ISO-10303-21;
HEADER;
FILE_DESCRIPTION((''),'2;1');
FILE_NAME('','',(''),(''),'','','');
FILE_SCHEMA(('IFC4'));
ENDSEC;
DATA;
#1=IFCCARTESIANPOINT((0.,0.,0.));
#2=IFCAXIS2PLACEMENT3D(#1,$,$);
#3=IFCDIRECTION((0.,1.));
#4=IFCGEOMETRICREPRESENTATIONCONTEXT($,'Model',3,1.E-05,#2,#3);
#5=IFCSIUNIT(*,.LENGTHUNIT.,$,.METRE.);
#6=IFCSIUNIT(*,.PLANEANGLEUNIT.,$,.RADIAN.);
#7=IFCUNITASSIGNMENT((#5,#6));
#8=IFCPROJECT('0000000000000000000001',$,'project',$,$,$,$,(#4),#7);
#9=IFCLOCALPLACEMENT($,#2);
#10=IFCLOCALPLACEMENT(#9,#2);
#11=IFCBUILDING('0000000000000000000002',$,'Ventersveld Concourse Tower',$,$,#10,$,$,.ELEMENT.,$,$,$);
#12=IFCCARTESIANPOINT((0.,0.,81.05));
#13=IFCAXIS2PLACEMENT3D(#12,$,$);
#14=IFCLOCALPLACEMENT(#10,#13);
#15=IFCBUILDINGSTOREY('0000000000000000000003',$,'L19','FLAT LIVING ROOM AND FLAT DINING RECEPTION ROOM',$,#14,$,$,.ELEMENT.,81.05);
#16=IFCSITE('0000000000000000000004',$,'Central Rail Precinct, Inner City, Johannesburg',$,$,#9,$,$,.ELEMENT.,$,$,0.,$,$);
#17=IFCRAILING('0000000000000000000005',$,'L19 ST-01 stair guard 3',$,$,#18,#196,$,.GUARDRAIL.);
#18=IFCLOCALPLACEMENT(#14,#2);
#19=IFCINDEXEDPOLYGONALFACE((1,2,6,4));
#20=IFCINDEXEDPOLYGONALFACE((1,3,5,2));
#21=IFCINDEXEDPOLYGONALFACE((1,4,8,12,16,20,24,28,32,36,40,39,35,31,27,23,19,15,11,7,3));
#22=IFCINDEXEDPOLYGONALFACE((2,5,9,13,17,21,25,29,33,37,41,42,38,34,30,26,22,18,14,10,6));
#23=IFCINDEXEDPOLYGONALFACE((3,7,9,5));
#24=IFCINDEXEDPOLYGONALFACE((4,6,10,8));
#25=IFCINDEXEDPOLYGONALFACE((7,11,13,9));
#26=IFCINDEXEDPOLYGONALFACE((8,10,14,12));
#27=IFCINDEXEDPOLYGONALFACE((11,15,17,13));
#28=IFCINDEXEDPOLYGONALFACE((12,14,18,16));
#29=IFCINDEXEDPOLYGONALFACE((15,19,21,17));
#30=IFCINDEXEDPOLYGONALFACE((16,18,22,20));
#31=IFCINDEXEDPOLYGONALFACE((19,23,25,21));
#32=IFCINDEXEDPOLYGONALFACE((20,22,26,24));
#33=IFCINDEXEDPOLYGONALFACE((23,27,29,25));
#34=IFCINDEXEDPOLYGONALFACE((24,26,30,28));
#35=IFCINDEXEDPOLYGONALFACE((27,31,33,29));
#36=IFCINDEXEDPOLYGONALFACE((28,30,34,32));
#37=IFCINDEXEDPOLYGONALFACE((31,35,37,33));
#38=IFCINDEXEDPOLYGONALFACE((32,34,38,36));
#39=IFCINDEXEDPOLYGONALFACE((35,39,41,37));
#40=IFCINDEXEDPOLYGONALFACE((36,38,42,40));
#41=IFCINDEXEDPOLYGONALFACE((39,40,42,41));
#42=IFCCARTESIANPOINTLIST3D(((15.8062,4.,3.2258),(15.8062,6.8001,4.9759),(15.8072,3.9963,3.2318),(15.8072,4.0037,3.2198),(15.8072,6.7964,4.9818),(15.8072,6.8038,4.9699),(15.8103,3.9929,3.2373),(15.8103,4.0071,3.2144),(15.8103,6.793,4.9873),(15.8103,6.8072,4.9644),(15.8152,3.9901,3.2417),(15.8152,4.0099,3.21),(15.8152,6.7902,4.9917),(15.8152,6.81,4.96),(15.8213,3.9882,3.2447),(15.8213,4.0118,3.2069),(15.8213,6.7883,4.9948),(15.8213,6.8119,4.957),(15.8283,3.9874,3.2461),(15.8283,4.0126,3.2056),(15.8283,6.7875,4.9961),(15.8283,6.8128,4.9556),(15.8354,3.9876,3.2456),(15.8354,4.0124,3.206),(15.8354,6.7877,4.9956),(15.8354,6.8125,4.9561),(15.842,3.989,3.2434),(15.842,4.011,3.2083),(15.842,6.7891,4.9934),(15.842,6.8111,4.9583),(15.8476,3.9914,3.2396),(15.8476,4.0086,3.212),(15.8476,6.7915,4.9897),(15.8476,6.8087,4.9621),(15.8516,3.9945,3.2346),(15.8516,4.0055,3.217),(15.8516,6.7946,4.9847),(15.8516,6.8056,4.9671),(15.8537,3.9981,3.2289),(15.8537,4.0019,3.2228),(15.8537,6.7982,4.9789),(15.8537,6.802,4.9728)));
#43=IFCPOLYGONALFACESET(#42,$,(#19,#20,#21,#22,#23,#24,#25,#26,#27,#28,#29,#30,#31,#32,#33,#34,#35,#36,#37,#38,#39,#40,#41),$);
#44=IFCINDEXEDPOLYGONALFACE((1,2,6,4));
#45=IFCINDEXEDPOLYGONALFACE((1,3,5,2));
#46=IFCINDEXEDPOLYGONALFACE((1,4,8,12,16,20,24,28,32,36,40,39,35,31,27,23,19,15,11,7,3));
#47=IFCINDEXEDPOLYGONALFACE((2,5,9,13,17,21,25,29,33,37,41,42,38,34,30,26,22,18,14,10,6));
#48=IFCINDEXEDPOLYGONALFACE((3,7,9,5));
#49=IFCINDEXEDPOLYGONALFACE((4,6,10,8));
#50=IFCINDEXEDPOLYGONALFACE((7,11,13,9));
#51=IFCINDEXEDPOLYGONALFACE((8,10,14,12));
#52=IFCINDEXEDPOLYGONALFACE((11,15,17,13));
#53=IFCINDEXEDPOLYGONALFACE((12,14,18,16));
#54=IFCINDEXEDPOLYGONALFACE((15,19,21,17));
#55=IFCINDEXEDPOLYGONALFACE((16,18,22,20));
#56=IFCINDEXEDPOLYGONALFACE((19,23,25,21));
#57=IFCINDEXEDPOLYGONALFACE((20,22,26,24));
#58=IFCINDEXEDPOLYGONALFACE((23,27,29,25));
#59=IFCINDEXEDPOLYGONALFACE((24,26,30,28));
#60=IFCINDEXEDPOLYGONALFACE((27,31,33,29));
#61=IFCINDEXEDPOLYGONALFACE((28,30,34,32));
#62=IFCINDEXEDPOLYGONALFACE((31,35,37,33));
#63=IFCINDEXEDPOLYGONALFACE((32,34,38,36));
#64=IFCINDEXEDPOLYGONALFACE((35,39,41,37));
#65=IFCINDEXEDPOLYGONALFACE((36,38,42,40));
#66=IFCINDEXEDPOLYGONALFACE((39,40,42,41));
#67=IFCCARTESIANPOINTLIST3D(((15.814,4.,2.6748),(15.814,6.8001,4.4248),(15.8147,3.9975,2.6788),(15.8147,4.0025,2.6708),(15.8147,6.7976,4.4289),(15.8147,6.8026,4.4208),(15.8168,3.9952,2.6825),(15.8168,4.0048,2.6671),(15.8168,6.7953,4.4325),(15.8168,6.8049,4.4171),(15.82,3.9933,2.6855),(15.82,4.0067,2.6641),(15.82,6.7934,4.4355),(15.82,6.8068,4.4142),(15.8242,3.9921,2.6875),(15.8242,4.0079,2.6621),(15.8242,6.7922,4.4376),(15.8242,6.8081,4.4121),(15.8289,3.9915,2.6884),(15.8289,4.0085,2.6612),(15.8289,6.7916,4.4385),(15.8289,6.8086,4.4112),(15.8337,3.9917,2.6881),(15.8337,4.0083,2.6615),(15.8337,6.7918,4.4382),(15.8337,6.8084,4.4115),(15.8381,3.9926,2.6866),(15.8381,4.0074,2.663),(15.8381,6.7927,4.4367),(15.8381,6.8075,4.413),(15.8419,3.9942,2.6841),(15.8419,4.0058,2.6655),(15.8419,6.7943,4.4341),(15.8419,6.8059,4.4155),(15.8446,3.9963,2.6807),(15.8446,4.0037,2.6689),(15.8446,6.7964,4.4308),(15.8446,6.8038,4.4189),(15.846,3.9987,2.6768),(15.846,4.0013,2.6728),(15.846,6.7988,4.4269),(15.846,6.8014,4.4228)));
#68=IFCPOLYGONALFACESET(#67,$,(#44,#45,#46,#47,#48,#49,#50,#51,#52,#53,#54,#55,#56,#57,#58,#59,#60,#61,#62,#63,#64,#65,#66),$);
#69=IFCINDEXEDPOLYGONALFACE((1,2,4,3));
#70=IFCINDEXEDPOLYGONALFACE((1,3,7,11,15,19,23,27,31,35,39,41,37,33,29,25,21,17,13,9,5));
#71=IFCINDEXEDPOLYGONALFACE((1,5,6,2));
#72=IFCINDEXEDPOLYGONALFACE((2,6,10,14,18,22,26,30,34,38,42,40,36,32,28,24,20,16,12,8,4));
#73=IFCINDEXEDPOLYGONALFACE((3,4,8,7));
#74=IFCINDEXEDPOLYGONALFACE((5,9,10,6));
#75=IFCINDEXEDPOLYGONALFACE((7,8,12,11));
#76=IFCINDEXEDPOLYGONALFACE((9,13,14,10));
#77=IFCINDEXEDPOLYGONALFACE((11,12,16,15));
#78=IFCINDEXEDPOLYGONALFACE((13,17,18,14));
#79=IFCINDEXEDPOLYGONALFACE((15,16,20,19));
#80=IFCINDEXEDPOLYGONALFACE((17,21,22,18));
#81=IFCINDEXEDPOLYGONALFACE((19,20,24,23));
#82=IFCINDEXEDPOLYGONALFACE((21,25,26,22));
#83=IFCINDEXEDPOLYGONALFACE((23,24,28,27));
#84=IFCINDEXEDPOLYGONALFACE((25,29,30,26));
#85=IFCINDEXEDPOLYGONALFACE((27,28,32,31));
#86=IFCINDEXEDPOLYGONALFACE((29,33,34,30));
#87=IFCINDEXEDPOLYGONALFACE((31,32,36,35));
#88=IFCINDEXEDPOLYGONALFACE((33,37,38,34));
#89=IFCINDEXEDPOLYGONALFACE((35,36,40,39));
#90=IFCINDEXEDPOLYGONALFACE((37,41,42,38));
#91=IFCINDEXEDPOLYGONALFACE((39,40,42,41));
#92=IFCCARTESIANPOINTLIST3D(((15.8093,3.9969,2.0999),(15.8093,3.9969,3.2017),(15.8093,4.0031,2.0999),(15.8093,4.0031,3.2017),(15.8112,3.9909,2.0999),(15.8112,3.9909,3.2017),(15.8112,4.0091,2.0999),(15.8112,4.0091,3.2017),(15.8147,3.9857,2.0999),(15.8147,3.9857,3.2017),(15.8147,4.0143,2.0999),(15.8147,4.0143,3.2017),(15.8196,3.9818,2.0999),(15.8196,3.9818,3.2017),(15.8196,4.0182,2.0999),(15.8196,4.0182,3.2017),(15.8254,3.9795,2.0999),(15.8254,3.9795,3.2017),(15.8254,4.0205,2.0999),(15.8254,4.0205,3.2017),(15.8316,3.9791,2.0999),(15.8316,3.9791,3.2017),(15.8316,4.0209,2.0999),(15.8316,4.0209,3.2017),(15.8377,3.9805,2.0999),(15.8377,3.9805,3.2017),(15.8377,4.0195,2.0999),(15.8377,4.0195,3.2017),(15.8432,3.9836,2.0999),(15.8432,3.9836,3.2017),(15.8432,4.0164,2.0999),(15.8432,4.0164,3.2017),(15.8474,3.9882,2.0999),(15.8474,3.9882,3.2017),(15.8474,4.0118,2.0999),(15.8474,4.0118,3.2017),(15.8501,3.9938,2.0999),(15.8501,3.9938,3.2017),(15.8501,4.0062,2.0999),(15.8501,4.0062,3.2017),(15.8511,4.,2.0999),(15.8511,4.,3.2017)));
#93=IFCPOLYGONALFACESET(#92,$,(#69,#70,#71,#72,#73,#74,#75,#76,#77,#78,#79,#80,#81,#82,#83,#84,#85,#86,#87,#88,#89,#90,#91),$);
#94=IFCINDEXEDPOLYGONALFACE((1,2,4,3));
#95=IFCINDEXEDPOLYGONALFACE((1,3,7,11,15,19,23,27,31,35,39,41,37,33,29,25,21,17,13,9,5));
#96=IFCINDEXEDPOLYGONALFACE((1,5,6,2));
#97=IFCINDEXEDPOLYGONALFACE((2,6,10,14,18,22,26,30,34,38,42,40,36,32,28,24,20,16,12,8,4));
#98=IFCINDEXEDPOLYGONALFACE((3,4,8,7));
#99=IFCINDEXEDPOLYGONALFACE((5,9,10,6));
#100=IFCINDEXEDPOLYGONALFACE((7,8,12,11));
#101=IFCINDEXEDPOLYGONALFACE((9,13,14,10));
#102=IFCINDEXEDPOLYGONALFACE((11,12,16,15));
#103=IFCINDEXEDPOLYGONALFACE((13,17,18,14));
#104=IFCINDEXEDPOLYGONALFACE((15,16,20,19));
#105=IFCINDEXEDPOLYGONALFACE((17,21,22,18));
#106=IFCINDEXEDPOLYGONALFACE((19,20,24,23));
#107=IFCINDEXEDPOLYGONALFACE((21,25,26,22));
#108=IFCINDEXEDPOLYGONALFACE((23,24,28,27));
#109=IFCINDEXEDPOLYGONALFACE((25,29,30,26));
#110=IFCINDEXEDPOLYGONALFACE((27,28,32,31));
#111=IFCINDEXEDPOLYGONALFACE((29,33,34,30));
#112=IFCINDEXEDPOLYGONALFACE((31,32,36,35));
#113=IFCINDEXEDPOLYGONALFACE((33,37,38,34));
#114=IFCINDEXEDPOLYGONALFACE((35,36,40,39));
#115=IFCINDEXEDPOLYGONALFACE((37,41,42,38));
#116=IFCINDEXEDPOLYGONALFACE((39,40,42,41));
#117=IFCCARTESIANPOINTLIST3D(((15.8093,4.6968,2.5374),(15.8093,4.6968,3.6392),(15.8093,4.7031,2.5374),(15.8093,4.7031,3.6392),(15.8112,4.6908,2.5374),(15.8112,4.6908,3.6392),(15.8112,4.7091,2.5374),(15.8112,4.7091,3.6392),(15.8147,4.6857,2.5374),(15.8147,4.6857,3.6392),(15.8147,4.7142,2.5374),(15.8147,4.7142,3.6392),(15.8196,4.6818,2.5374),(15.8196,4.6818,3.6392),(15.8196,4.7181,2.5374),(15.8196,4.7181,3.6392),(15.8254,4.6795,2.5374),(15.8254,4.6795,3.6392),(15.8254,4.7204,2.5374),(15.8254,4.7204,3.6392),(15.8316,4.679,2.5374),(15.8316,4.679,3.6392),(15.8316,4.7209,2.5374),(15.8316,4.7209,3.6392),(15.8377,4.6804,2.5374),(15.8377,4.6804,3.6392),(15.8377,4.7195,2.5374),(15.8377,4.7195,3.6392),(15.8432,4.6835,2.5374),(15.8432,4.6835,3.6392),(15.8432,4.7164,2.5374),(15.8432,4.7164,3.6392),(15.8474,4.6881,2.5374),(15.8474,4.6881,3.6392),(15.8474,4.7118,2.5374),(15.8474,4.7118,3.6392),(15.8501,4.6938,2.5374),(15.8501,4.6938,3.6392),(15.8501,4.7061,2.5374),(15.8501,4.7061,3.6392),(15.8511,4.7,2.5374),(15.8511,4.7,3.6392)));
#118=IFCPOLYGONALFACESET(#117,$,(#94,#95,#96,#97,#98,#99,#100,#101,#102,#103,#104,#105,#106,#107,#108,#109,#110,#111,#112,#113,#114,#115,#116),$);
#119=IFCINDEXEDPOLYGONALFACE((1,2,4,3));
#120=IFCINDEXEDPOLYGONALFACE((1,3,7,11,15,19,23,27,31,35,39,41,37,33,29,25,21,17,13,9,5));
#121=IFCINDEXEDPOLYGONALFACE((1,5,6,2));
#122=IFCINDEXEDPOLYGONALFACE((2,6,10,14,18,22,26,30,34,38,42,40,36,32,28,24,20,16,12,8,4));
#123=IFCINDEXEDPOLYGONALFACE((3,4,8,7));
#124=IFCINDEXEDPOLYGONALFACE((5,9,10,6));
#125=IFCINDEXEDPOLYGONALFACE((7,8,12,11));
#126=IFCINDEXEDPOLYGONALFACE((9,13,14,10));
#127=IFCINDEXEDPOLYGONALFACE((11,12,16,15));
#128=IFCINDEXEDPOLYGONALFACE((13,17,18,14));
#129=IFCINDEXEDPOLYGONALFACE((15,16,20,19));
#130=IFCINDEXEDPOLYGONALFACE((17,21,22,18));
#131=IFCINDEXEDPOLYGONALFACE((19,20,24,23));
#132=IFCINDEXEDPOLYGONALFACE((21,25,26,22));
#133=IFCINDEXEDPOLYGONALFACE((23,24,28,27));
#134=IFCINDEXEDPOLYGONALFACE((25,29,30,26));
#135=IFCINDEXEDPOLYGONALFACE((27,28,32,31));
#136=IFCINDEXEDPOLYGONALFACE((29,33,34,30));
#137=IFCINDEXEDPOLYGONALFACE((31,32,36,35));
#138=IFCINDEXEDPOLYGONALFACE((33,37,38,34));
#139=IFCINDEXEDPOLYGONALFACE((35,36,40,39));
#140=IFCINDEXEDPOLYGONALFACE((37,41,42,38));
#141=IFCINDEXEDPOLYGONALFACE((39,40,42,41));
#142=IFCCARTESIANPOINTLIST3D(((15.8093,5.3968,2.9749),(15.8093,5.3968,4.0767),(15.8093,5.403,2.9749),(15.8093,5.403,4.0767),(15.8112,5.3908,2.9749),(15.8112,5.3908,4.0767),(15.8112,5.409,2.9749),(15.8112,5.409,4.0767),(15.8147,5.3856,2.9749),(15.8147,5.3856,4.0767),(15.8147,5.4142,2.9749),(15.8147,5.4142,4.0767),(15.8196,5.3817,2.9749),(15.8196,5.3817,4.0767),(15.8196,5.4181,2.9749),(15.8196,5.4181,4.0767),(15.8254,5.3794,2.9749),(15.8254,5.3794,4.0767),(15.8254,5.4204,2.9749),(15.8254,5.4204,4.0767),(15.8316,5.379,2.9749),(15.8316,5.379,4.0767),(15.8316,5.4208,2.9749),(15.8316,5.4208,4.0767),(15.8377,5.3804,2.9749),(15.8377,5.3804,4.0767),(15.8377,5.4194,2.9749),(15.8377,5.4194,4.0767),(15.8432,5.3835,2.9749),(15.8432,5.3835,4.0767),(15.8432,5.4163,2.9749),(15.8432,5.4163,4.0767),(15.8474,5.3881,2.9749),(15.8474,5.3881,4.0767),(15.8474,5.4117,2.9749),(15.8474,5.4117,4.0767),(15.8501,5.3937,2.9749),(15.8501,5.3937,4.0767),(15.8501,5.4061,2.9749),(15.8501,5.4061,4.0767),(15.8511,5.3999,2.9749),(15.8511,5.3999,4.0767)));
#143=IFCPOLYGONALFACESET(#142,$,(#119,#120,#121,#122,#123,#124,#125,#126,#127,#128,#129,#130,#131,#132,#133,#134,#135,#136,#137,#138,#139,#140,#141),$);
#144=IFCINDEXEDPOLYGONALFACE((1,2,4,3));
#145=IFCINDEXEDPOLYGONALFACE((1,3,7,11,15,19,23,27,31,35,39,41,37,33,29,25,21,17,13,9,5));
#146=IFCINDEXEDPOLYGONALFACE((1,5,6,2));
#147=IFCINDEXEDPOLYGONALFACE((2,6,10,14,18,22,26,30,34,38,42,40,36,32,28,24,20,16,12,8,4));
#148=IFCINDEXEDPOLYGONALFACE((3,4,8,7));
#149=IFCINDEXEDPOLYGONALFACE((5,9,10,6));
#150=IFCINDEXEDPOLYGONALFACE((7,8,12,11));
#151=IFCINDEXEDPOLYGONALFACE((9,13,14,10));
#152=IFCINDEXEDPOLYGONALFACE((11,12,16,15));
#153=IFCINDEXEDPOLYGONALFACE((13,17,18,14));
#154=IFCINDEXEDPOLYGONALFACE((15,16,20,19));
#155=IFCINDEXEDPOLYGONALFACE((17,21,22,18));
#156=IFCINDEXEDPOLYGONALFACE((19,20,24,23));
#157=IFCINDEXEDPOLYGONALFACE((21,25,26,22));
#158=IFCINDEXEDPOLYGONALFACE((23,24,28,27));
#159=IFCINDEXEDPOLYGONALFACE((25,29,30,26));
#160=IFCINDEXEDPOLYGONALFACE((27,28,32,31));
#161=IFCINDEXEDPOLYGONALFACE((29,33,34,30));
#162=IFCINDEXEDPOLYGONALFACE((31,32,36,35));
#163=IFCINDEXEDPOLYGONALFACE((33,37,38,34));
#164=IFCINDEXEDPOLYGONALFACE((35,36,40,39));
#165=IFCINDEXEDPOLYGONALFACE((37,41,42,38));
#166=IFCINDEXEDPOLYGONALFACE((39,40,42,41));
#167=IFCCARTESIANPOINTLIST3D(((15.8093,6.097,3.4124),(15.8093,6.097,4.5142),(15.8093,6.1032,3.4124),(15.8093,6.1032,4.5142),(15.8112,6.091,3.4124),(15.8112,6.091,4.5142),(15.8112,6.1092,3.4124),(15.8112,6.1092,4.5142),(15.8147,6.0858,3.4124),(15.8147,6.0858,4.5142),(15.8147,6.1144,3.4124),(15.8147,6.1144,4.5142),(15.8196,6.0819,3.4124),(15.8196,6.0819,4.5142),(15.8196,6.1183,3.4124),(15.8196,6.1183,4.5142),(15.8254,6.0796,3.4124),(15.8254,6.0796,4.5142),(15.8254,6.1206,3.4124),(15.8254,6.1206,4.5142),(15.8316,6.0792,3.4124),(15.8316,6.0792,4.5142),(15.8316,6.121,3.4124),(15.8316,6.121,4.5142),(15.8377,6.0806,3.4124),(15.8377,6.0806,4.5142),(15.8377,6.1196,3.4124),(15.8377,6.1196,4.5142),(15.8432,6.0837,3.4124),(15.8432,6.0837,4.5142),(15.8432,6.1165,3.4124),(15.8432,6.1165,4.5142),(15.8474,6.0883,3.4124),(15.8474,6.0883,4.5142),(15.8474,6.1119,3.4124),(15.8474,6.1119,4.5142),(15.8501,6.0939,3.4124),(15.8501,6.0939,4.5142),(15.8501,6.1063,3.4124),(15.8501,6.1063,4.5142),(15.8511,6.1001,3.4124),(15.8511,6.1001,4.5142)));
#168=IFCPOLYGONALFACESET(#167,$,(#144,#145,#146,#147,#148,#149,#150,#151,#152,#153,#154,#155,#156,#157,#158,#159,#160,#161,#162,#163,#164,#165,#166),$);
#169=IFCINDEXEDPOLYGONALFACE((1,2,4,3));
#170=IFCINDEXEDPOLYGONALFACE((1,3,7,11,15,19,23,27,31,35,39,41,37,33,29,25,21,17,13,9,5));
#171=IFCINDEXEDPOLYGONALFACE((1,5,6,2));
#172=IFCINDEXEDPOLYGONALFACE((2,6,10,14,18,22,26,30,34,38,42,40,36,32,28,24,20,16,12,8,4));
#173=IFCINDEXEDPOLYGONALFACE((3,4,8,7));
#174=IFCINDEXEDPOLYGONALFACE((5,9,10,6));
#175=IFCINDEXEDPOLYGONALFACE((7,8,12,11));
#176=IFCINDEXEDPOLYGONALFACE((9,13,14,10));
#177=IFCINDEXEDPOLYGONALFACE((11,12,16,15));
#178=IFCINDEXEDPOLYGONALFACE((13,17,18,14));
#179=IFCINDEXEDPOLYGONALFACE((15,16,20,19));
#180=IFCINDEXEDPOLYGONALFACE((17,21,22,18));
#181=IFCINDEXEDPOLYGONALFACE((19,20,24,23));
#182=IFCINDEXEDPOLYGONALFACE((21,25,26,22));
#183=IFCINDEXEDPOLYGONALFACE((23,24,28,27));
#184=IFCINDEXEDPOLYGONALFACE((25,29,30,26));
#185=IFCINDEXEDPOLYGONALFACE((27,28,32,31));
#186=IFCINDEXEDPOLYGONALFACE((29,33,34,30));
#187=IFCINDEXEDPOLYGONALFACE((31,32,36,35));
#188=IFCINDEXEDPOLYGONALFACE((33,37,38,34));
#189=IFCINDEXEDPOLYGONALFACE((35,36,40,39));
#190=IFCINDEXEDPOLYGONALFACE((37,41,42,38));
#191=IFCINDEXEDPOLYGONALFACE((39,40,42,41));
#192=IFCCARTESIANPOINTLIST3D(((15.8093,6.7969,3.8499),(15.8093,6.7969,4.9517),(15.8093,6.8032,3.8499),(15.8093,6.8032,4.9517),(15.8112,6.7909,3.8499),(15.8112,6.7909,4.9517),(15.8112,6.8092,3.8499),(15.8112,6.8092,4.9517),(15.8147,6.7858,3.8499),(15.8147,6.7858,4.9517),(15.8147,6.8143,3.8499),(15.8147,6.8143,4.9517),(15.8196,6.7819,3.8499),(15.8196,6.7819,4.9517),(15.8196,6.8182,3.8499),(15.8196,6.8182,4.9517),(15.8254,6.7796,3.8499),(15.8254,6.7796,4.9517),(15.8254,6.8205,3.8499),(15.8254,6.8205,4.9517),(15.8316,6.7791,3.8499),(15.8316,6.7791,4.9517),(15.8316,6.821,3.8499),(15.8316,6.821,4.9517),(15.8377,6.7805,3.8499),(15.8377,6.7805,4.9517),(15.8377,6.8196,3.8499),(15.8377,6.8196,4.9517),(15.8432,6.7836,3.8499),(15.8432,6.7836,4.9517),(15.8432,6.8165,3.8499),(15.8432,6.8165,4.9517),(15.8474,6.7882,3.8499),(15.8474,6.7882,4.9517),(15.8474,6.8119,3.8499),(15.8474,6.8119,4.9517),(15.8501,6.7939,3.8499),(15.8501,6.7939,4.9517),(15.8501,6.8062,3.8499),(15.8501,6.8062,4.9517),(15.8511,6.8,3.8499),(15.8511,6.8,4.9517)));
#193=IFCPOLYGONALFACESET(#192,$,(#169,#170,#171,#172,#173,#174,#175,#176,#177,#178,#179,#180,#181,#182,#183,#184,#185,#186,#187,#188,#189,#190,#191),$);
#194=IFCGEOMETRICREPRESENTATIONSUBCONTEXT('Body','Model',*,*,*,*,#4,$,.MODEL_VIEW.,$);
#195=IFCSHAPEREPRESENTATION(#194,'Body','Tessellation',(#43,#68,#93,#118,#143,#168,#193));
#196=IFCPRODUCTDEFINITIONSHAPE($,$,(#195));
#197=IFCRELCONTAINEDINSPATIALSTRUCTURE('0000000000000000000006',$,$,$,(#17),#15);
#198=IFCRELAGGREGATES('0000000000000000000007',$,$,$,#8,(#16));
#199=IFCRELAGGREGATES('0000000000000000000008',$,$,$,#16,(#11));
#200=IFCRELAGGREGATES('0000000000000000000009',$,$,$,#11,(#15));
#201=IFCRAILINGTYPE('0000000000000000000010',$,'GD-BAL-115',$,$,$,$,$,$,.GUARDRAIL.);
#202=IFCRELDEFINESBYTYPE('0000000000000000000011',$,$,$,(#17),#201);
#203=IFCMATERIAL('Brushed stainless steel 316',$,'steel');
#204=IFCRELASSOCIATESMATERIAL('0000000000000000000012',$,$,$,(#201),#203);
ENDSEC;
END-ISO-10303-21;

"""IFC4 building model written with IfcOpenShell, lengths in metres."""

from ifc_helpers import new_model, si_unit, direction, frame, origin, origin_2d, place, context, subcontext, project, spatial, circle, extrude, material, type_object, element, save


model = new_model("IFC4")

# Units and contexts
model_context = context("Model", 3, precision=1e-05, world=origin(), true_north=direction((0.0, 1.0)))
body_context = subcontext(model_context, "Body", "Model", "MODEL_VIEW")
ifc_project = project(units=[si_unit("LENGTHUNIT", "METRE"), si_unit("PLANEANGLEUNIT", "RADIAN")], contexts=[model_context])

# Site, building, storey
site_placement = place(None, origin())
site = spatial("IfcSite", under=ifc_project, at=site_placement, Name="Central Rail Precinct, Inner City, Johannesburg", CompositionType="ELEMENT", RefElevation=0.0)
building_placement = place(site_placement, origin())
building = spatial("IfcBuilding", under=site, at=building_placement, Name="Ventersveld Concourse Tower", CompositionType="ELEMENT")
storey_placement = place(building_placement, frame((0.0, 0.0, 81.05)))
storey = spatial("IfcBuildingStorey", under=building, at=storey_placement, Name="L19", Description="FLAT LIVING ROOM AND FLAT DINING RECEPTION ROOM", CompositionType="ELEMENT", Elevation=81.05)

# Shared definitions
ifc_material_1 = material(Name="Brushed stainless steel 316", Category="steel")

# Railing
railing_type_1 = type_object("IfcRailingType", Name="GD-BAL-115", PredefinedType="GUARDRAIL", material=ifc_material_1)
railing_1_placement = place(storey_placement, frame((15.8301, 4.0, 2.0999)))
element("IfcRailing", 1, at=railing_1_placement, inside=storey, type_object=railing_type_1, Name="L19 ST-01 stair guard 3", PredefinedType="GUARDRAIL", context=body_context, shape_type="SweptSolid", body=[
    extrude(circle(Radius=0.0239, at=origin_2d()), frame((0.0, 0.0, 1.126), z_axis=(0.0, 0.848002, 0.529992), x_axis=(-1.0, 0.0, 0.0)), (0.0, 0.0, 1.0), 3.302),
    extrude(circle(Radius=0.0161, at=origin_2d()), frame((0.0, 0.0, 0.575), z_axis=(0.0, 0.848002, 0.529992), x_axis=(-1.0, 0.0, 0.0)), (0.0, 0.0, 1.0), 3.302),
    extrude(circle(Radius=0.021, at=origin_2d()), origin(), (0.0, 0.0, 1.0), 1.1018),
    extrude(circle(Radius=0.021, at=origin_2d()), frame((0.0, 0.7, 0.4375)), (0.0, 0.0, 1.0), 1.1018),
    extrude(circle(Radius=0.021, at=origin_2d()), frame((0.0, 1.3999, 0.875)), (0.0, 0.0, 1.0), 1.1018),
    extrude(circle(Radius=0.021, at=origin_2d()), frame((0.0, 2.1001, 1.3125)), (0.0, 0.0, 1.0), 1.1018),
    extrude(circle(Radius=0.021, at=origin_2d()), frame((0.0, 2.8, 1.75)), (0.0, 0.0, 1.0), 1.1018),
])

save(model, "model.ifc")
